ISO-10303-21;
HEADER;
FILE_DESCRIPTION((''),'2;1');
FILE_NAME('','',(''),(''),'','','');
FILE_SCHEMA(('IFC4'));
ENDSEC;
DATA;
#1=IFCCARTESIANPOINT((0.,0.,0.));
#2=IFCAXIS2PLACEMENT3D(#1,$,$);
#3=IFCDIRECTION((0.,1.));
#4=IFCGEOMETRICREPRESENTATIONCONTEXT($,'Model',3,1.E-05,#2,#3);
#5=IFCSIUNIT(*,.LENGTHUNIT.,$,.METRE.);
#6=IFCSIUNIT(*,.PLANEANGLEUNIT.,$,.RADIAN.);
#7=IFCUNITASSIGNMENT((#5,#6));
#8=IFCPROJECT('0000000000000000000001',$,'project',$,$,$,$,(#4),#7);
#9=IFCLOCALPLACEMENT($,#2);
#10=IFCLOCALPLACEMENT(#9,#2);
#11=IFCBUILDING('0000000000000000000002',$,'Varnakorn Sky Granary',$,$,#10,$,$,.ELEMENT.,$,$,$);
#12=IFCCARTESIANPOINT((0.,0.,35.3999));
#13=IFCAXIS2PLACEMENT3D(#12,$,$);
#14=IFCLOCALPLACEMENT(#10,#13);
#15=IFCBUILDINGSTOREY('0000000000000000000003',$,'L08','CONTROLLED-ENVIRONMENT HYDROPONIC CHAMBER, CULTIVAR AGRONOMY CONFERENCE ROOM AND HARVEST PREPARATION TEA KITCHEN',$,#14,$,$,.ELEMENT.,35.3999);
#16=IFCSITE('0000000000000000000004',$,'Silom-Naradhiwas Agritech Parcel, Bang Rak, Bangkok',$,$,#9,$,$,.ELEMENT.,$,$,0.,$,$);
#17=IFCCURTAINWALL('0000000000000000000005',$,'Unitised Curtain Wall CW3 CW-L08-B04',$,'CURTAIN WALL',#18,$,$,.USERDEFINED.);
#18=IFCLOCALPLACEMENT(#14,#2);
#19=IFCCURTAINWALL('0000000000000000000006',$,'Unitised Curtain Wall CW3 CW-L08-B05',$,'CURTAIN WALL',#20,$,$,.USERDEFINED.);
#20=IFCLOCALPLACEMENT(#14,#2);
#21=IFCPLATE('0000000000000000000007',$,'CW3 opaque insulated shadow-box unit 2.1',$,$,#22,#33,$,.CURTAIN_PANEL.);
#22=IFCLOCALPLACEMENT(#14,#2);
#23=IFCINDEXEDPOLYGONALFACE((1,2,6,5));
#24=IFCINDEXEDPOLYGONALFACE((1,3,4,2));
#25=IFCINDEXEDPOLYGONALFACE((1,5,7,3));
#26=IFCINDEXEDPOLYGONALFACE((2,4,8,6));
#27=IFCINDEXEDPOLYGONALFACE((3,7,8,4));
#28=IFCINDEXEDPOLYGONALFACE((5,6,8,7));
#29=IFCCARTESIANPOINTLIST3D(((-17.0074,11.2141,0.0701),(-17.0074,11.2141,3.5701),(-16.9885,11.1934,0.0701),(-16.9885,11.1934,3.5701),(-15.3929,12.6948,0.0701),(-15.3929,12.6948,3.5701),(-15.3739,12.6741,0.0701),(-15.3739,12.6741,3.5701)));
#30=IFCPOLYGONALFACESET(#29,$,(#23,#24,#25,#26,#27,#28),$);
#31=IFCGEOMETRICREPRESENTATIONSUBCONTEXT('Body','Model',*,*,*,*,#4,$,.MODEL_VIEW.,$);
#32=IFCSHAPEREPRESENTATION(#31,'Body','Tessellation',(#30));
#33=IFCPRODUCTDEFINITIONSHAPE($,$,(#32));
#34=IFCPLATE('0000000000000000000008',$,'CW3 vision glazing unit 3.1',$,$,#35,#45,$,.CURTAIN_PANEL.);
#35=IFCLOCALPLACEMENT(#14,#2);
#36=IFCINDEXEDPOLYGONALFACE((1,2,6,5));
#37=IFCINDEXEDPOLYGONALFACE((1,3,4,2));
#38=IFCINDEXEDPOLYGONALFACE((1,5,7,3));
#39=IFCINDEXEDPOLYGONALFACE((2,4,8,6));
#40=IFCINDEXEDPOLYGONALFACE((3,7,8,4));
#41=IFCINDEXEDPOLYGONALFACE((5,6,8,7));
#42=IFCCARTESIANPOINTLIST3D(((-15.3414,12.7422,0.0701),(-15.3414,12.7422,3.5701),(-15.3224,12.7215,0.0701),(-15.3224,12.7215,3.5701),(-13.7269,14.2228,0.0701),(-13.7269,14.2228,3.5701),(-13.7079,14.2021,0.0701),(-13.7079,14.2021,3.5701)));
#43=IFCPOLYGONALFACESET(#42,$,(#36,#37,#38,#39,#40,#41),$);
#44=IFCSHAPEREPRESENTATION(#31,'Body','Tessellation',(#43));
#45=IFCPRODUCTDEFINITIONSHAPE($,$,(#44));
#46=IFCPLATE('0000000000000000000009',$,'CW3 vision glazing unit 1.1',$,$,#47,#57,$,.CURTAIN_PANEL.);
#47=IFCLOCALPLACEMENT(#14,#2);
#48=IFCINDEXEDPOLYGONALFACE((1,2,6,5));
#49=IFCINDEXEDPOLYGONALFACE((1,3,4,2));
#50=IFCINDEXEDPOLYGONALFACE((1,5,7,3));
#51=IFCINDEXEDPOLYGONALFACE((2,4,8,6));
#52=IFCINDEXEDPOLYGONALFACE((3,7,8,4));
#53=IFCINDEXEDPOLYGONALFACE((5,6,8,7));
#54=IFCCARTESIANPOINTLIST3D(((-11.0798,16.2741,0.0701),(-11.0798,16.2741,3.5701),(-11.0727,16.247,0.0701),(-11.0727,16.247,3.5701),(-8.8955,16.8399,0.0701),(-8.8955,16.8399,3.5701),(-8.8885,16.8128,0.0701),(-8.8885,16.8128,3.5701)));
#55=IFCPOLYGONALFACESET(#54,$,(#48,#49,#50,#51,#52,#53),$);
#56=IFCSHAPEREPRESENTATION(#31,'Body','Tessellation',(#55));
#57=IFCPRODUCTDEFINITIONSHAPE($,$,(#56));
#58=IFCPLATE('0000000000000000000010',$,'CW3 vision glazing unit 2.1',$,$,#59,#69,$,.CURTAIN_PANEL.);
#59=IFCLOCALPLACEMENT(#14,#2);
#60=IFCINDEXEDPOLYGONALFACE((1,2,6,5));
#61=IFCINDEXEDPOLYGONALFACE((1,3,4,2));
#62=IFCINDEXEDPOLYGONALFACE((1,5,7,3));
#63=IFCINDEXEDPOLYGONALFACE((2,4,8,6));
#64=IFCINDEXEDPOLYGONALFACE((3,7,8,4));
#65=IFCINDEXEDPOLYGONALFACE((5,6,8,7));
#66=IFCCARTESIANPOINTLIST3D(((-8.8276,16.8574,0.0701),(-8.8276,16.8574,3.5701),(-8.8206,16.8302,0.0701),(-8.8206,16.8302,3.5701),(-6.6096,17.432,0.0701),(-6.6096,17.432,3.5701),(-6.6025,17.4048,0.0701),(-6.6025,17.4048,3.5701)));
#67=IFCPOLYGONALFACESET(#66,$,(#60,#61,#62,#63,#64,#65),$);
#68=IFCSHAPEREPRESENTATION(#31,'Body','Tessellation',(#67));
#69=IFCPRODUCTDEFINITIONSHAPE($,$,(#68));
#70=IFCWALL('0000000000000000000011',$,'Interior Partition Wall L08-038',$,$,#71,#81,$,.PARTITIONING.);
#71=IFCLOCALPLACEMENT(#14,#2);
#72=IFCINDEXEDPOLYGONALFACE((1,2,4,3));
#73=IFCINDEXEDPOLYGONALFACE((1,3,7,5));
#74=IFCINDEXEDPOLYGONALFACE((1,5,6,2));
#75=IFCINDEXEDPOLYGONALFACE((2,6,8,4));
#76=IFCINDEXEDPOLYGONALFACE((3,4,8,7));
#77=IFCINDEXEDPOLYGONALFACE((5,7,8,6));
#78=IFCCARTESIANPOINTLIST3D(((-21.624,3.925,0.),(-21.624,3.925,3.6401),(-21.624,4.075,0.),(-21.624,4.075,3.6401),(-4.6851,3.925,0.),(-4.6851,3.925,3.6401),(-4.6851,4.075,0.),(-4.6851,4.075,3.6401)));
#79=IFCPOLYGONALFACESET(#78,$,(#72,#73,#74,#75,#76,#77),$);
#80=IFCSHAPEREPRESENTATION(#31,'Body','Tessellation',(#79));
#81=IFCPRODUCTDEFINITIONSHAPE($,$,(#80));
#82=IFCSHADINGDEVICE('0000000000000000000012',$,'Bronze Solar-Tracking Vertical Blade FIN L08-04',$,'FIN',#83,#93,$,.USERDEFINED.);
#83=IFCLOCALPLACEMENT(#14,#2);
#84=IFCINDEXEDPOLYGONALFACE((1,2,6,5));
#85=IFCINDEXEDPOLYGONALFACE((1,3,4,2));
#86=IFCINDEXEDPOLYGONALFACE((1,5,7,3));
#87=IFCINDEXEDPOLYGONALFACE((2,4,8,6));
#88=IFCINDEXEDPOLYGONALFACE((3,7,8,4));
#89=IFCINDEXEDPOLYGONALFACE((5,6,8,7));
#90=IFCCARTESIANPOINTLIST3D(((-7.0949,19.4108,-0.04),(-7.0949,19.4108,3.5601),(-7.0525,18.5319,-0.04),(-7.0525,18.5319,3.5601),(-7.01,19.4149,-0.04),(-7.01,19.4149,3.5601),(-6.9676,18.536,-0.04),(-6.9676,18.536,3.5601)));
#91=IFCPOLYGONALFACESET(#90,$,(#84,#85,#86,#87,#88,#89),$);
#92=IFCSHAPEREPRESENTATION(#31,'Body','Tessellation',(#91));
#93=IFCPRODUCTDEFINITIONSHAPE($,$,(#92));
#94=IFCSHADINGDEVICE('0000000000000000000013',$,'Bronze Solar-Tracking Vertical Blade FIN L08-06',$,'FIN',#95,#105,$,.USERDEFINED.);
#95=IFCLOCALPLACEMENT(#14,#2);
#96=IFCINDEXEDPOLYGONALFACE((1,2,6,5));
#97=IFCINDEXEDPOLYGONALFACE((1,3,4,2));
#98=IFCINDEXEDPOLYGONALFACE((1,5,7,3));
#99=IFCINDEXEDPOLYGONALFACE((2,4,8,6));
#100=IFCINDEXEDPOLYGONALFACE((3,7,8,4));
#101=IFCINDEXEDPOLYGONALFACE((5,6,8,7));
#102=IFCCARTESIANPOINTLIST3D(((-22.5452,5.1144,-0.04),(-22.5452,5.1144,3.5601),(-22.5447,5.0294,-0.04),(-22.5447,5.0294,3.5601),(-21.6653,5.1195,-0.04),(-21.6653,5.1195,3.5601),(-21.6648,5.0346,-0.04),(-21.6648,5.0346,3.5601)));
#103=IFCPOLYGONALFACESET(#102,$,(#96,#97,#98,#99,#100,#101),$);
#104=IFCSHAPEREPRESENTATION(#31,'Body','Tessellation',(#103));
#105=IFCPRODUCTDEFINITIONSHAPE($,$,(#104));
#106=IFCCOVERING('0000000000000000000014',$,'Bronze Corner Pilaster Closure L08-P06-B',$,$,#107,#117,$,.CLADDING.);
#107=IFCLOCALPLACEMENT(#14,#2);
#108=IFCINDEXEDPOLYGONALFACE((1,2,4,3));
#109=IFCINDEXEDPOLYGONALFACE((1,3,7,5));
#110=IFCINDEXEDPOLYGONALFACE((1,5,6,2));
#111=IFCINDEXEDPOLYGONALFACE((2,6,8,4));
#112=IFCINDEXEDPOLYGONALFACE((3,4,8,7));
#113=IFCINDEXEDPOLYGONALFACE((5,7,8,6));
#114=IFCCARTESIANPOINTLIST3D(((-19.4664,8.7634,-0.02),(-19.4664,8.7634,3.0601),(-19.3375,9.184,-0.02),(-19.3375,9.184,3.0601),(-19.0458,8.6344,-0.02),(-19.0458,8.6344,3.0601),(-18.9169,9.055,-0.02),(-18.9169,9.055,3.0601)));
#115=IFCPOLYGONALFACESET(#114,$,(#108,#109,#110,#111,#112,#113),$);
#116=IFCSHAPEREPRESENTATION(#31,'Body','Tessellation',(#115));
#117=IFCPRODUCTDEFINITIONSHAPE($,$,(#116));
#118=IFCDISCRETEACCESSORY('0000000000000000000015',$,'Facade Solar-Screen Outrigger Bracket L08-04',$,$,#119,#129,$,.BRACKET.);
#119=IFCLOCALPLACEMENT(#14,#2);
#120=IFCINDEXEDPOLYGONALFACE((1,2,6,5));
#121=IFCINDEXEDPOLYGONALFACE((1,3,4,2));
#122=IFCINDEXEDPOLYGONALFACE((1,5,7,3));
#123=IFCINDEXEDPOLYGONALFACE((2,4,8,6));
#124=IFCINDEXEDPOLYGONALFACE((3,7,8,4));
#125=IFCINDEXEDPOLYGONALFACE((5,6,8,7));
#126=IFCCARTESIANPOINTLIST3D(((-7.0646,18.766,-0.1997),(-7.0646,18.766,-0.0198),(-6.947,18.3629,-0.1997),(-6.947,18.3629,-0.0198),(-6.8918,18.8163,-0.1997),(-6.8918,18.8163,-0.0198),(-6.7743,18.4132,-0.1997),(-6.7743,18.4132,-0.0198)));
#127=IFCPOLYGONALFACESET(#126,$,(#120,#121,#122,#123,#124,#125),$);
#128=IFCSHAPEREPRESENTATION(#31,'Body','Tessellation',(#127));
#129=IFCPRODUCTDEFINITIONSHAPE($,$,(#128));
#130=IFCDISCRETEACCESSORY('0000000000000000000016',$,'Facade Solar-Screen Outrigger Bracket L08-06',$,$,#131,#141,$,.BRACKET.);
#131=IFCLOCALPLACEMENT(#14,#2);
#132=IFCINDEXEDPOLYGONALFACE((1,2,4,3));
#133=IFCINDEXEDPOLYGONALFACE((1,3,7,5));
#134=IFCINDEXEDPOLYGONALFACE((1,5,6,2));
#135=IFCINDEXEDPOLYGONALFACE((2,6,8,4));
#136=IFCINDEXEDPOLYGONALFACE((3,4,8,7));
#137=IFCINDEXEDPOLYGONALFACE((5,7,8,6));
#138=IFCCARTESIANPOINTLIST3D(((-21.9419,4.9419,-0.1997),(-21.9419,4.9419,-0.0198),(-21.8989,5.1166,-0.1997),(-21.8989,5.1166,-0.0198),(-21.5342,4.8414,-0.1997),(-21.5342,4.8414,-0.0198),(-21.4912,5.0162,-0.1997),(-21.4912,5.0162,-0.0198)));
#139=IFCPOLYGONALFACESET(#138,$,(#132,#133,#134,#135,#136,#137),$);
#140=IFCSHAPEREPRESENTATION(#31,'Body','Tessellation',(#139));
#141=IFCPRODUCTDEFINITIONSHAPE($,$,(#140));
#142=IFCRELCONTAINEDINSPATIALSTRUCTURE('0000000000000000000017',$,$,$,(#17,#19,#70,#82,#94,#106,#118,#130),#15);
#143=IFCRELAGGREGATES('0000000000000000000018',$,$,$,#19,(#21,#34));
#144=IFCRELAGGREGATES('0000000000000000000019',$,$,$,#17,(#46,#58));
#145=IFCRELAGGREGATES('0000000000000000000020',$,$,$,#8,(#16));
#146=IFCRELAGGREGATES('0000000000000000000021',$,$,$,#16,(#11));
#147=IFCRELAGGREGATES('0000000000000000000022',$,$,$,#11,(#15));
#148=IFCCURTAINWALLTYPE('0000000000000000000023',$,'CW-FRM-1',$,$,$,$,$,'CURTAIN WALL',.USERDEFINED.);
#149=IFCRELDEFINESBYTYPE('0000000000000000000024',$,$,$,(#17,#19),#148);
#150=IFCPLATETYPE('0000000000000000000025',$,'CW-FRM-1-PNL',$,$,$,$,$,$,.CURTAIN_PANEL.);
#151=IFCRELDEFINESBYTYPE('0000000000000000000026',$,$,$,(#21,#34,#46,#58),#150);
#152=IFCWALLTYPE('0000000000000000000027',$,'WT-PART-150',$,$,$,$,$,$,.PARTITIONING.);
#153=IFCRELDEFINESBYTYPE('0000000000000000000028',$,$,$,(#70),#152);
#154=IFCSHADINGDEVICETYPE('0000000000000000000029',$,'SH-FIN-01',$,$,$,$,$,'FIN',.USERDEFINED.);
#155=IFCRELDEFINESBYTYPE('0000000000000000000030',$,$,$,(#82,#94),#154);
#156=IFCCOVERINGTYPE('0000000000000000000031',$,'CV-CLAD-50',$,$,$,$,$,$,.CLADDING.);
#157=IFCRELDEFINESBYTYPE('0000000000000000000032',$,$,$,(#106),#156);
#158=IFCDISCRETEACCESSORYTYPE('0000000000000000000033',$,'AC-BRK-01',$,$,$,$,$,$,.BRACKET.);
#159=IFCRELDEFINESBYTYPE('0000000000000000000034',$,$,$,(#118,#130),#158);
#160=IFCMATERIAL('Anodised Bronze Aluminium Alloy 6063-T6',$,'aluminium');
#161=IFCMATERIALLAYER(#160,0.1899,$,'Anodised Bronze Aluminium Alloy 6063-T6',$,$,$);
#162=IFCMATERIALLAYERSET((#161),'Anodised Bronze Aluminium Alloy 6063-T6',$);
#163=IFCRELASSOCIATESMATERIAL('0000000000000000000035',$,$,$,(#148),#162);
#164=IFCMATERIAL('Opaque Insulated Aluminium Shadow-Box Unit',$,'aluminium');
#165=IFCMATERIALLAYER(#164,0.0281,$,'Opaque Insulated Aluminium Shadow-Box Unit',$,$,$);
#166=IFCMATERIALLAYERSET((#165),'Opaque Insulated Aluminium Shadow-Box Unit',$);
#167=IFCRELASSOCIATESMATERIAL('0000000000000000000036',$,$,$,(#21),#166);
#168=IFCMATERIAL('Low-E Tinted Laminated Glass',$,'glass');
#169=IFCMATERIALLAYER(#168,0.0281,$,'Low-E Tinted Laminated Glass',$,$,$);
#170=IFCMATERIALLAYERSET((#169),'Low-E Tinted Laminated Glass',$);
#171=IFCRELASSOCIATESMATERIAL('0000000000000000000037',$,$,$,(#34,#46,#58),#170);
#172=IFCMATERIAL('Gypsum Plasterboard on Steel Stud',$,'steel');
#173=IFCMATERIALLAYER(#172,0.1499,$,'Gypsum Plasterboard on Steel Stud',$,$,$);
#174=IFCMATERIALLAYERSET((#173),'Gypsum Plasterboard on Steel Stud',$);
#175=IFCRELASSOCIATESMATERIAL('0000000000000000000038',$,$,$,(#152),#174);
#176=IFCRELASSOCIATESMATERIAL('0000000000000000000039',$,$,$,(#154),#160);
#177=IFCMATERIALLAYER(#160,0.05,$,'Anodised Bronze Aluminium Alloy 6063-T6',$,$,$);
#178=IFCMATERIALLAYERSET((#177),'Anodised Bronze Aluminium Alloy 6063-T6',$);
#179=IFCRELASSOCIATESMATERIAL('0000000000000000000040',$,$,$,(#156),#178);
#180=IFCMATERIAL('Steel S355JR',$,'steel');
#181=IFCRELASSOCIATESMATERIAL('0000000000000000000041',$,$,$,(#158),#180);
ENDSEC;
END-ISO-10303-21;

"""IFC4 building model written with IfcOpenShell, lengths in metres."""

from ifc_helpers import new_model, si_unit, direction, frame, frame_2d, origin, origin_2d, place, context, subcontext, project, spatial, rectangle, extrude, source, transform, mapped, material, layer, layer_set, type_object, type_shapes, element, aggregate, save


model = new_model("IFC4")

# Units and contexts
model_context = context("Model", 3, precision=1e-05, world=origin(), true_north=direction((0.0, 1.0)))
body_context = subcontext(model_context, "Body", "Model", "MODEL_VIEW")
ifc_project = project(units=[si_unit("LENGTHUNIT", "METRE"), si_unit("PLANEANGLEUNIT", "RADIAN")], contexts=[model_context])

# Site, building, storey
site_placement = place(None, origin())
site = spatial("IfcSite", under=ifc_project, at=site_placement, Name="Silom-Naradhiwas Agritech Parcel, Bang Rak, Bangkok", CompositionType="ELEMENT", RefElevation=0.0)
building_placement = place(site_placement, origin())
building = spatial("IfcBuilding", under=site, at=building_placement, Name="Varnakorn Sky Granary", CompositionType="ELEMENT")
storey_placement = place(building_placement, frame((0.0, 0.0, 35.3999)))
storey = spatial("IfcBuildingStorey", under=building, at=storey_placement, Name="L08", Description="CONTROLLED-ENVIRONMENT HYDROPONIC CHAMBER, CULTIVAR AGRONOMY CONFERENCE ROOM AND HARVEST PREPARATION TEA KITCHEN", CompositionType="ELEMENT", Elevation=35.3999)

# Shared definitions
ifc_material_1 = material(Name="Steel S355JR", Category="steel")

# Curtain walls
ifc_material_2 = material(Name="Anodised Bronze Aluminium Alloy 6063-T6", Category="aluminium")
ifc_layer_1 = layer(ifc_material_2, 0.1899, Name="Anodised Bronze Aluminium Alloy 6063-T6")
ifc_layer_set_1 = layer_set([ifc_layer_1], Name="Anodised Bronze Aluminium Alloy 6063-T6")
curtain_wall_type = type_object("IfcCurtainWallType", Name="CW-FRM-1", ElementType="CURTAIN WALL", PredefinedType="USERDEFINED", material=ifc_layer_set_1)
curtain_wall_1_placement = place(storey_placement, origin())
curtain_wall_1 = element("IfcCurtainWall", 1, at=curtain_wall_1_placement, inside=storey, type_object=curtain_wall_type, Name="Unitised Curtain Wall CW3 CW-L08-B04", ObjectType="CURTAIN WALL", PredefinedType="USERDEFINED")
curtain_wall_2_placement = place(storey_placement, origin())
curtain_wall_2 = element("IfcCurtainWall", 2, at=curtain_wall_2_placement, inside=storey, type_object=curtain_wall_type, Name="Unitised Curtain Wall CW3 CW-L08-B05", ObjectType="CURTAIN WALL", PredefinedType="USERDEFINED")

# Plates
ifc_material_3 = material(Name="Opaque Insulated Aluminium Shadow-Box Unit", Category="aluminium")
ifc_layer_2 = layer(ifc_material_3, 0.0281, Name="Opaque Insulated Aluminium Shadow-Box Unit")
ifc_layer_set_2 = layer_set([ifc_layer_2], Name="Opaque Insulated Aluminium Shadow-Box Unit")
plate_type = type_object("IfcPlateType", Name="CW-FRM-1-PNL", PredefinedType="CURTAIN_PANEL")
ifc_material_4 = material(Name="Low-E Tinted Laminated Glass", Category="glass")
ifc_layer_3 = layer(ifc_material_4, 0.0281, Name="Low-E Tinted Laminated Glass")
ifc_layer_set_3 = layer_set([ifc_layer_3], Name="Low-E Tinted Laminated Glass")
shared_shape_1 = source(origin(), body_context, "Body", "SweptSolid", [
    extrude(rectangle(XDim=2.1907, YDim=0.0281, at=origin_2d()), origin(), (0.0, 0.0, 1.0), 3.5),
])
plate_1_placement = place(storey_placement, frame((-16.1907, 11.9441, 0.0701), z_axis=(0.0, 0.0, 1.0), x_axis=(0.737013, 0.675878, 0.0)))
plate_1 = element("IfcPlate", 3, at=plate_1_placement, type_object=plate_type, material=ifc_layer_set_2, Name="CW3 opaque insulated shadow-box unit 2.1", PredefinedType="CURTAIN_PANEL", context=body_context, shape_type="MappedRepresentation", body=[
    mapped(shared_shape_1, transform((0.0, 0.0, 0.0), x_axis=(1.0, 0.0, 0.0), y_axis=(0.0, 1.0, 0.0), z_axis=(0.0, 0.0, 1.0), scale=1.0)),
])
plate_2_placement = place(storey_placement, frame((-14.5247, 13.4722, 0.0701), z_axis=(0.0, 0.0, 1.0), x_axis=(0.737013, 0.675878, 0.0)))
plate_2 = element("IfcPlate", 4, at=plate_2_placement, type_object=plate_type, material=ifc_layer_set_3, Name="CW3 vision glazing unit 3.1", PredefinedType="CURTAIN_PANEL", context=body_context, shape_type="MappedRepresentation", body=[
    mapped(shared_shape_1, transform((0.0, 0.0, 0.0), x_axis=(1.0, 0.0, 0.0), y_axis=(0.0, 1.0, 0.0), z_axis=(0.0, 0.0, 1.0), scale=1.0)),
])
aggregate(curtain_wall_2, [plate_1, plate_2])
shared_shape_2 = source(origin(), body_context, "Body", "SweptSolid", [
    extrude(rectangle(XDim=2.2563, YDim=0.0281, at=origin_2d()), origin(), (0.0, 0.0, 1.0), 3.5),
])
plate_3_placement = place(storey_placement, frame((-9.9841, 16.5435, 0.0701), z_axis=(0.0, 0.0, 1.0), x_axis=(0.968049, 0.25076, 0.0)))
plate_3 = element("IfcPlate", 5, at=plate_3_placement, type_object=plate_type, material=ifc_layer_set_3, Name="CW3 vision glazing unit 1.1", PredefinedType="CURTAIN_PANEL", context=body_context, shape_type="MappedRepresentation", body=[
    mapped(shared_shape_2, transform((0.0, 0.0, 0.0), x_axis=(1.0, 0.0, 0.0), y_axis=(0.0, 1.0, 0.0), z_axis=(0.0, 0.0, 1.0), scale=1.0)),
])
shared_shape_3 = source(origin(), body_context, "Body", "SweptSolid", [
    extrude(rectangle(XDim=2.2913, YDim=0.0281, at=origin_2d()), origin(), (0.0, 0.0, 1.0), 3.5),
])
plate_4_placement = place(storey_placement, frame((-7.7151, 17.1311, 0.0701), z_axis=(0.0, 0.0, 1.0), x_axis=(0.968049, 0.25076, 0.0)))
plate_4 = element("IfcPlate", 6, at=plate_4_placement, type_object=plate_type, material=ifc_layer_set_3, Name="CW3 vision glazing unit 2.1", PredefinedType="CURTAIN_PANEL", context=body_context, shape_type="MappedRepresentation", body=[
    mapped(shared_shape_3, transform((0.0, 0.0, 0.0), x_axis=(1.0, 0.0, 0.0), y_axis=(0.0, 1.0, 0.0), z_axis=(0.0, 0.0, 1.0), scale=1.0)),
])
aggregate(curtain_wall_1, [plate_3, plate_4])

# Wall
ifc_material_5 = material(Name="Gypsum Plasterboard on Steel Stud", Category="steel")
ifc_layer_4 = layer(ifc_material_5, 0.1499, Name="Gypsum Plasterboard on Steel Stud")
ifc_layer_set_4 = layer_set([ifc_layer_4], Name="Gypsum Plasterboard on Steel Stud")
wall_type = type_object("IfcWallType", Name="WT-PART-150", PredefinedType="PARTITIONING", material=ifc_layer_set_4)
wall_placement = place(storey_placement, frame((-21.624, 4.0, 0.0), z_axis=(0.0, 0.0, 1.0), x_axis=(1.0, 0.0, 0.0)))
element("IfcWall", 7, at=wall_placement, inside=storey, type_object=wall_type, Name="Interior Partition Wall L08-038", PredefinedType="PARTITIONING", context=body_context, shape_type="SweptSolid", body=[
    extrude(rectangle(XDim=16.939, YDim=0.1499, at=frame_2d((8.4695, 0.0))), origin(), (0.0, 0.0, 1.0), 3.6401),
])

# Shading devices
shading_device_type = type_object("IfcShadingDeviceType", Name="SH-FIN-01", ElementType="FIN", PredefinedType="USERDEFINED", material=ifc_material_2)
shared_shape_4 = source(origin(), body_context, "Body", "SweptSolid", [
    extrude(rectangle(XDim=0.085, YDim=0.8799, at=origin_2d()), origin(), (0.0, 0.0, 1.0), 3.6001),
])
type_shapes(shading_device_type, [shared_shape_4])
for number, where, z_axis, x_axis, name in (
    (8, (-7.0312, 18.9734, -0.04), (0.0, 0.0, 1.0), (-0.99884, -0.048145, 0.0), "Bronze Solar-Tracking Vertical Blade FIN L08-04"),
    (9, (-22.105, 5.0745, -0.04), (0.0, 0.0, 1.0), (0.005842, -0.999983, 0.0), "Bronze Solar-Tracking Vertical Blade FIN L08-06"),
):
    element("IfcShadingDevice", number, at=place(storey_placement, frame(where, z_axis=z_axis, x_axis=x_axis)), inside=storey, type_object=shading_device_type, Name=name, ObjectType="FIN", PredefinedType="USERDEFINED", context=body_context, shape_type="MappedRepresentation", body=[
        mapped(shared_shape_4, transform((0.0, 0.0, 0.0), x_axis=(1.0, 0.0, 0.0), y_axis=(0.0, 1.0, 0.0), z_axis=(0.0, 0.0, 1.0), scale=1.0)),
    ])

# Covering
ifc_layer_5 = layer(ifc_material_2, 0.05, Name="Anodised Bronze Aluminium Alloy 6063-T6")
ifc_layer_set_5 = layer_set([ifc_layer_5], Name="Anodised Bronze Aluminium Alloy 6063-T6")
covering_type = type_object("IfcCoveringType", Name="CV-CLAD-50", PredefinedType="CLADDING", material=ifc_layer_set_5)
shared_shape_5 = source(origin(), body_context, "Body", "SweptSolid", [
    extrude(rectangle(XDim=0.4399, YDim=0.4399, at=origin_2d()), origin(), (0.0, 0.0, 1.0), 3.0801),
])
type_shapes(covering_type, [shared_shape_5])
covering_placement = place(storey_placement, frame((-19.1917, 8.9092, -0.02), z_axis=(0.0, 0.0, 1.0), x_axis=(0.293206, 0.956049, 0.0)))
element("IfcCovering", 10, at=covering_placement, inside=storey, type_object=covering_type, Name="Bronze Corner Pilaster Closure L08-P06-B", PredefinedType="CLADDING", context=body_context, shape_type="MappedRepresentation", body=[
    mapped(shared_shape_5, transform((0.0, 0.0, 0.0), x_axis=(1.0, 0.0, 0.0), y_axis=(0.0, 1.0, 0.0), z_axis=(0.0, 0.0, 1.0), scale=1.0)),
])

# Discrete accessories
discrete_accessory_type = type_object("IfcDiscreteAccessoryType", Name="AC-BRK-01", PredefinedType="BRACKET", material=ifc_material_1)
shared_shape_6 = source(origin(), body_context, "Body", "SweptSolid", [
    extrude(rectangle(XDim=0.1799, YDim=0.4199, at=origin_2d()), origin(), (0.0, 0.0, 1.0), 0.1799),
])
type_shapes(discrete_accessory_type, [shared_shape_6])
for number, where, z_axis, x_axis, name in (
    (11, (-6.9194, 18.5896, -0.1997), (0.0, 0.0, 1.0), (-0.960035, -0.279878, 0.0), "Facade Solar-Screen Outrigger Bracket L08-04"),
    (12, (-21.7166, 4.979, -0.1997), (0.0, 0.0, 1.0), (-0.239133, -0.970987, 0.0), "Facade Solar-Screen Outrigger Bracket L08-06"),
):
    element("IfcDiscreteAccessory", number, at=place(storey_placement, frame(where, z_axis=z_axis, x_axis=x_axis)), inside=storey, type_object=discrete_accessory_type, Name=name, PredefinedType="BRACKET", context=body_context, shape_type="MappedRepresentation", body=[
        mapped(shared_shape_6, transform((0.0, 0.0, 0.0), x_axis=(1.0, 0.0, 0.0), y_axis=(0.0, 1.0, 0.0), z_axis=(0.0, 0.0, 1.0), scale=1.0)),
    ])

save(model, "model.ifc")
